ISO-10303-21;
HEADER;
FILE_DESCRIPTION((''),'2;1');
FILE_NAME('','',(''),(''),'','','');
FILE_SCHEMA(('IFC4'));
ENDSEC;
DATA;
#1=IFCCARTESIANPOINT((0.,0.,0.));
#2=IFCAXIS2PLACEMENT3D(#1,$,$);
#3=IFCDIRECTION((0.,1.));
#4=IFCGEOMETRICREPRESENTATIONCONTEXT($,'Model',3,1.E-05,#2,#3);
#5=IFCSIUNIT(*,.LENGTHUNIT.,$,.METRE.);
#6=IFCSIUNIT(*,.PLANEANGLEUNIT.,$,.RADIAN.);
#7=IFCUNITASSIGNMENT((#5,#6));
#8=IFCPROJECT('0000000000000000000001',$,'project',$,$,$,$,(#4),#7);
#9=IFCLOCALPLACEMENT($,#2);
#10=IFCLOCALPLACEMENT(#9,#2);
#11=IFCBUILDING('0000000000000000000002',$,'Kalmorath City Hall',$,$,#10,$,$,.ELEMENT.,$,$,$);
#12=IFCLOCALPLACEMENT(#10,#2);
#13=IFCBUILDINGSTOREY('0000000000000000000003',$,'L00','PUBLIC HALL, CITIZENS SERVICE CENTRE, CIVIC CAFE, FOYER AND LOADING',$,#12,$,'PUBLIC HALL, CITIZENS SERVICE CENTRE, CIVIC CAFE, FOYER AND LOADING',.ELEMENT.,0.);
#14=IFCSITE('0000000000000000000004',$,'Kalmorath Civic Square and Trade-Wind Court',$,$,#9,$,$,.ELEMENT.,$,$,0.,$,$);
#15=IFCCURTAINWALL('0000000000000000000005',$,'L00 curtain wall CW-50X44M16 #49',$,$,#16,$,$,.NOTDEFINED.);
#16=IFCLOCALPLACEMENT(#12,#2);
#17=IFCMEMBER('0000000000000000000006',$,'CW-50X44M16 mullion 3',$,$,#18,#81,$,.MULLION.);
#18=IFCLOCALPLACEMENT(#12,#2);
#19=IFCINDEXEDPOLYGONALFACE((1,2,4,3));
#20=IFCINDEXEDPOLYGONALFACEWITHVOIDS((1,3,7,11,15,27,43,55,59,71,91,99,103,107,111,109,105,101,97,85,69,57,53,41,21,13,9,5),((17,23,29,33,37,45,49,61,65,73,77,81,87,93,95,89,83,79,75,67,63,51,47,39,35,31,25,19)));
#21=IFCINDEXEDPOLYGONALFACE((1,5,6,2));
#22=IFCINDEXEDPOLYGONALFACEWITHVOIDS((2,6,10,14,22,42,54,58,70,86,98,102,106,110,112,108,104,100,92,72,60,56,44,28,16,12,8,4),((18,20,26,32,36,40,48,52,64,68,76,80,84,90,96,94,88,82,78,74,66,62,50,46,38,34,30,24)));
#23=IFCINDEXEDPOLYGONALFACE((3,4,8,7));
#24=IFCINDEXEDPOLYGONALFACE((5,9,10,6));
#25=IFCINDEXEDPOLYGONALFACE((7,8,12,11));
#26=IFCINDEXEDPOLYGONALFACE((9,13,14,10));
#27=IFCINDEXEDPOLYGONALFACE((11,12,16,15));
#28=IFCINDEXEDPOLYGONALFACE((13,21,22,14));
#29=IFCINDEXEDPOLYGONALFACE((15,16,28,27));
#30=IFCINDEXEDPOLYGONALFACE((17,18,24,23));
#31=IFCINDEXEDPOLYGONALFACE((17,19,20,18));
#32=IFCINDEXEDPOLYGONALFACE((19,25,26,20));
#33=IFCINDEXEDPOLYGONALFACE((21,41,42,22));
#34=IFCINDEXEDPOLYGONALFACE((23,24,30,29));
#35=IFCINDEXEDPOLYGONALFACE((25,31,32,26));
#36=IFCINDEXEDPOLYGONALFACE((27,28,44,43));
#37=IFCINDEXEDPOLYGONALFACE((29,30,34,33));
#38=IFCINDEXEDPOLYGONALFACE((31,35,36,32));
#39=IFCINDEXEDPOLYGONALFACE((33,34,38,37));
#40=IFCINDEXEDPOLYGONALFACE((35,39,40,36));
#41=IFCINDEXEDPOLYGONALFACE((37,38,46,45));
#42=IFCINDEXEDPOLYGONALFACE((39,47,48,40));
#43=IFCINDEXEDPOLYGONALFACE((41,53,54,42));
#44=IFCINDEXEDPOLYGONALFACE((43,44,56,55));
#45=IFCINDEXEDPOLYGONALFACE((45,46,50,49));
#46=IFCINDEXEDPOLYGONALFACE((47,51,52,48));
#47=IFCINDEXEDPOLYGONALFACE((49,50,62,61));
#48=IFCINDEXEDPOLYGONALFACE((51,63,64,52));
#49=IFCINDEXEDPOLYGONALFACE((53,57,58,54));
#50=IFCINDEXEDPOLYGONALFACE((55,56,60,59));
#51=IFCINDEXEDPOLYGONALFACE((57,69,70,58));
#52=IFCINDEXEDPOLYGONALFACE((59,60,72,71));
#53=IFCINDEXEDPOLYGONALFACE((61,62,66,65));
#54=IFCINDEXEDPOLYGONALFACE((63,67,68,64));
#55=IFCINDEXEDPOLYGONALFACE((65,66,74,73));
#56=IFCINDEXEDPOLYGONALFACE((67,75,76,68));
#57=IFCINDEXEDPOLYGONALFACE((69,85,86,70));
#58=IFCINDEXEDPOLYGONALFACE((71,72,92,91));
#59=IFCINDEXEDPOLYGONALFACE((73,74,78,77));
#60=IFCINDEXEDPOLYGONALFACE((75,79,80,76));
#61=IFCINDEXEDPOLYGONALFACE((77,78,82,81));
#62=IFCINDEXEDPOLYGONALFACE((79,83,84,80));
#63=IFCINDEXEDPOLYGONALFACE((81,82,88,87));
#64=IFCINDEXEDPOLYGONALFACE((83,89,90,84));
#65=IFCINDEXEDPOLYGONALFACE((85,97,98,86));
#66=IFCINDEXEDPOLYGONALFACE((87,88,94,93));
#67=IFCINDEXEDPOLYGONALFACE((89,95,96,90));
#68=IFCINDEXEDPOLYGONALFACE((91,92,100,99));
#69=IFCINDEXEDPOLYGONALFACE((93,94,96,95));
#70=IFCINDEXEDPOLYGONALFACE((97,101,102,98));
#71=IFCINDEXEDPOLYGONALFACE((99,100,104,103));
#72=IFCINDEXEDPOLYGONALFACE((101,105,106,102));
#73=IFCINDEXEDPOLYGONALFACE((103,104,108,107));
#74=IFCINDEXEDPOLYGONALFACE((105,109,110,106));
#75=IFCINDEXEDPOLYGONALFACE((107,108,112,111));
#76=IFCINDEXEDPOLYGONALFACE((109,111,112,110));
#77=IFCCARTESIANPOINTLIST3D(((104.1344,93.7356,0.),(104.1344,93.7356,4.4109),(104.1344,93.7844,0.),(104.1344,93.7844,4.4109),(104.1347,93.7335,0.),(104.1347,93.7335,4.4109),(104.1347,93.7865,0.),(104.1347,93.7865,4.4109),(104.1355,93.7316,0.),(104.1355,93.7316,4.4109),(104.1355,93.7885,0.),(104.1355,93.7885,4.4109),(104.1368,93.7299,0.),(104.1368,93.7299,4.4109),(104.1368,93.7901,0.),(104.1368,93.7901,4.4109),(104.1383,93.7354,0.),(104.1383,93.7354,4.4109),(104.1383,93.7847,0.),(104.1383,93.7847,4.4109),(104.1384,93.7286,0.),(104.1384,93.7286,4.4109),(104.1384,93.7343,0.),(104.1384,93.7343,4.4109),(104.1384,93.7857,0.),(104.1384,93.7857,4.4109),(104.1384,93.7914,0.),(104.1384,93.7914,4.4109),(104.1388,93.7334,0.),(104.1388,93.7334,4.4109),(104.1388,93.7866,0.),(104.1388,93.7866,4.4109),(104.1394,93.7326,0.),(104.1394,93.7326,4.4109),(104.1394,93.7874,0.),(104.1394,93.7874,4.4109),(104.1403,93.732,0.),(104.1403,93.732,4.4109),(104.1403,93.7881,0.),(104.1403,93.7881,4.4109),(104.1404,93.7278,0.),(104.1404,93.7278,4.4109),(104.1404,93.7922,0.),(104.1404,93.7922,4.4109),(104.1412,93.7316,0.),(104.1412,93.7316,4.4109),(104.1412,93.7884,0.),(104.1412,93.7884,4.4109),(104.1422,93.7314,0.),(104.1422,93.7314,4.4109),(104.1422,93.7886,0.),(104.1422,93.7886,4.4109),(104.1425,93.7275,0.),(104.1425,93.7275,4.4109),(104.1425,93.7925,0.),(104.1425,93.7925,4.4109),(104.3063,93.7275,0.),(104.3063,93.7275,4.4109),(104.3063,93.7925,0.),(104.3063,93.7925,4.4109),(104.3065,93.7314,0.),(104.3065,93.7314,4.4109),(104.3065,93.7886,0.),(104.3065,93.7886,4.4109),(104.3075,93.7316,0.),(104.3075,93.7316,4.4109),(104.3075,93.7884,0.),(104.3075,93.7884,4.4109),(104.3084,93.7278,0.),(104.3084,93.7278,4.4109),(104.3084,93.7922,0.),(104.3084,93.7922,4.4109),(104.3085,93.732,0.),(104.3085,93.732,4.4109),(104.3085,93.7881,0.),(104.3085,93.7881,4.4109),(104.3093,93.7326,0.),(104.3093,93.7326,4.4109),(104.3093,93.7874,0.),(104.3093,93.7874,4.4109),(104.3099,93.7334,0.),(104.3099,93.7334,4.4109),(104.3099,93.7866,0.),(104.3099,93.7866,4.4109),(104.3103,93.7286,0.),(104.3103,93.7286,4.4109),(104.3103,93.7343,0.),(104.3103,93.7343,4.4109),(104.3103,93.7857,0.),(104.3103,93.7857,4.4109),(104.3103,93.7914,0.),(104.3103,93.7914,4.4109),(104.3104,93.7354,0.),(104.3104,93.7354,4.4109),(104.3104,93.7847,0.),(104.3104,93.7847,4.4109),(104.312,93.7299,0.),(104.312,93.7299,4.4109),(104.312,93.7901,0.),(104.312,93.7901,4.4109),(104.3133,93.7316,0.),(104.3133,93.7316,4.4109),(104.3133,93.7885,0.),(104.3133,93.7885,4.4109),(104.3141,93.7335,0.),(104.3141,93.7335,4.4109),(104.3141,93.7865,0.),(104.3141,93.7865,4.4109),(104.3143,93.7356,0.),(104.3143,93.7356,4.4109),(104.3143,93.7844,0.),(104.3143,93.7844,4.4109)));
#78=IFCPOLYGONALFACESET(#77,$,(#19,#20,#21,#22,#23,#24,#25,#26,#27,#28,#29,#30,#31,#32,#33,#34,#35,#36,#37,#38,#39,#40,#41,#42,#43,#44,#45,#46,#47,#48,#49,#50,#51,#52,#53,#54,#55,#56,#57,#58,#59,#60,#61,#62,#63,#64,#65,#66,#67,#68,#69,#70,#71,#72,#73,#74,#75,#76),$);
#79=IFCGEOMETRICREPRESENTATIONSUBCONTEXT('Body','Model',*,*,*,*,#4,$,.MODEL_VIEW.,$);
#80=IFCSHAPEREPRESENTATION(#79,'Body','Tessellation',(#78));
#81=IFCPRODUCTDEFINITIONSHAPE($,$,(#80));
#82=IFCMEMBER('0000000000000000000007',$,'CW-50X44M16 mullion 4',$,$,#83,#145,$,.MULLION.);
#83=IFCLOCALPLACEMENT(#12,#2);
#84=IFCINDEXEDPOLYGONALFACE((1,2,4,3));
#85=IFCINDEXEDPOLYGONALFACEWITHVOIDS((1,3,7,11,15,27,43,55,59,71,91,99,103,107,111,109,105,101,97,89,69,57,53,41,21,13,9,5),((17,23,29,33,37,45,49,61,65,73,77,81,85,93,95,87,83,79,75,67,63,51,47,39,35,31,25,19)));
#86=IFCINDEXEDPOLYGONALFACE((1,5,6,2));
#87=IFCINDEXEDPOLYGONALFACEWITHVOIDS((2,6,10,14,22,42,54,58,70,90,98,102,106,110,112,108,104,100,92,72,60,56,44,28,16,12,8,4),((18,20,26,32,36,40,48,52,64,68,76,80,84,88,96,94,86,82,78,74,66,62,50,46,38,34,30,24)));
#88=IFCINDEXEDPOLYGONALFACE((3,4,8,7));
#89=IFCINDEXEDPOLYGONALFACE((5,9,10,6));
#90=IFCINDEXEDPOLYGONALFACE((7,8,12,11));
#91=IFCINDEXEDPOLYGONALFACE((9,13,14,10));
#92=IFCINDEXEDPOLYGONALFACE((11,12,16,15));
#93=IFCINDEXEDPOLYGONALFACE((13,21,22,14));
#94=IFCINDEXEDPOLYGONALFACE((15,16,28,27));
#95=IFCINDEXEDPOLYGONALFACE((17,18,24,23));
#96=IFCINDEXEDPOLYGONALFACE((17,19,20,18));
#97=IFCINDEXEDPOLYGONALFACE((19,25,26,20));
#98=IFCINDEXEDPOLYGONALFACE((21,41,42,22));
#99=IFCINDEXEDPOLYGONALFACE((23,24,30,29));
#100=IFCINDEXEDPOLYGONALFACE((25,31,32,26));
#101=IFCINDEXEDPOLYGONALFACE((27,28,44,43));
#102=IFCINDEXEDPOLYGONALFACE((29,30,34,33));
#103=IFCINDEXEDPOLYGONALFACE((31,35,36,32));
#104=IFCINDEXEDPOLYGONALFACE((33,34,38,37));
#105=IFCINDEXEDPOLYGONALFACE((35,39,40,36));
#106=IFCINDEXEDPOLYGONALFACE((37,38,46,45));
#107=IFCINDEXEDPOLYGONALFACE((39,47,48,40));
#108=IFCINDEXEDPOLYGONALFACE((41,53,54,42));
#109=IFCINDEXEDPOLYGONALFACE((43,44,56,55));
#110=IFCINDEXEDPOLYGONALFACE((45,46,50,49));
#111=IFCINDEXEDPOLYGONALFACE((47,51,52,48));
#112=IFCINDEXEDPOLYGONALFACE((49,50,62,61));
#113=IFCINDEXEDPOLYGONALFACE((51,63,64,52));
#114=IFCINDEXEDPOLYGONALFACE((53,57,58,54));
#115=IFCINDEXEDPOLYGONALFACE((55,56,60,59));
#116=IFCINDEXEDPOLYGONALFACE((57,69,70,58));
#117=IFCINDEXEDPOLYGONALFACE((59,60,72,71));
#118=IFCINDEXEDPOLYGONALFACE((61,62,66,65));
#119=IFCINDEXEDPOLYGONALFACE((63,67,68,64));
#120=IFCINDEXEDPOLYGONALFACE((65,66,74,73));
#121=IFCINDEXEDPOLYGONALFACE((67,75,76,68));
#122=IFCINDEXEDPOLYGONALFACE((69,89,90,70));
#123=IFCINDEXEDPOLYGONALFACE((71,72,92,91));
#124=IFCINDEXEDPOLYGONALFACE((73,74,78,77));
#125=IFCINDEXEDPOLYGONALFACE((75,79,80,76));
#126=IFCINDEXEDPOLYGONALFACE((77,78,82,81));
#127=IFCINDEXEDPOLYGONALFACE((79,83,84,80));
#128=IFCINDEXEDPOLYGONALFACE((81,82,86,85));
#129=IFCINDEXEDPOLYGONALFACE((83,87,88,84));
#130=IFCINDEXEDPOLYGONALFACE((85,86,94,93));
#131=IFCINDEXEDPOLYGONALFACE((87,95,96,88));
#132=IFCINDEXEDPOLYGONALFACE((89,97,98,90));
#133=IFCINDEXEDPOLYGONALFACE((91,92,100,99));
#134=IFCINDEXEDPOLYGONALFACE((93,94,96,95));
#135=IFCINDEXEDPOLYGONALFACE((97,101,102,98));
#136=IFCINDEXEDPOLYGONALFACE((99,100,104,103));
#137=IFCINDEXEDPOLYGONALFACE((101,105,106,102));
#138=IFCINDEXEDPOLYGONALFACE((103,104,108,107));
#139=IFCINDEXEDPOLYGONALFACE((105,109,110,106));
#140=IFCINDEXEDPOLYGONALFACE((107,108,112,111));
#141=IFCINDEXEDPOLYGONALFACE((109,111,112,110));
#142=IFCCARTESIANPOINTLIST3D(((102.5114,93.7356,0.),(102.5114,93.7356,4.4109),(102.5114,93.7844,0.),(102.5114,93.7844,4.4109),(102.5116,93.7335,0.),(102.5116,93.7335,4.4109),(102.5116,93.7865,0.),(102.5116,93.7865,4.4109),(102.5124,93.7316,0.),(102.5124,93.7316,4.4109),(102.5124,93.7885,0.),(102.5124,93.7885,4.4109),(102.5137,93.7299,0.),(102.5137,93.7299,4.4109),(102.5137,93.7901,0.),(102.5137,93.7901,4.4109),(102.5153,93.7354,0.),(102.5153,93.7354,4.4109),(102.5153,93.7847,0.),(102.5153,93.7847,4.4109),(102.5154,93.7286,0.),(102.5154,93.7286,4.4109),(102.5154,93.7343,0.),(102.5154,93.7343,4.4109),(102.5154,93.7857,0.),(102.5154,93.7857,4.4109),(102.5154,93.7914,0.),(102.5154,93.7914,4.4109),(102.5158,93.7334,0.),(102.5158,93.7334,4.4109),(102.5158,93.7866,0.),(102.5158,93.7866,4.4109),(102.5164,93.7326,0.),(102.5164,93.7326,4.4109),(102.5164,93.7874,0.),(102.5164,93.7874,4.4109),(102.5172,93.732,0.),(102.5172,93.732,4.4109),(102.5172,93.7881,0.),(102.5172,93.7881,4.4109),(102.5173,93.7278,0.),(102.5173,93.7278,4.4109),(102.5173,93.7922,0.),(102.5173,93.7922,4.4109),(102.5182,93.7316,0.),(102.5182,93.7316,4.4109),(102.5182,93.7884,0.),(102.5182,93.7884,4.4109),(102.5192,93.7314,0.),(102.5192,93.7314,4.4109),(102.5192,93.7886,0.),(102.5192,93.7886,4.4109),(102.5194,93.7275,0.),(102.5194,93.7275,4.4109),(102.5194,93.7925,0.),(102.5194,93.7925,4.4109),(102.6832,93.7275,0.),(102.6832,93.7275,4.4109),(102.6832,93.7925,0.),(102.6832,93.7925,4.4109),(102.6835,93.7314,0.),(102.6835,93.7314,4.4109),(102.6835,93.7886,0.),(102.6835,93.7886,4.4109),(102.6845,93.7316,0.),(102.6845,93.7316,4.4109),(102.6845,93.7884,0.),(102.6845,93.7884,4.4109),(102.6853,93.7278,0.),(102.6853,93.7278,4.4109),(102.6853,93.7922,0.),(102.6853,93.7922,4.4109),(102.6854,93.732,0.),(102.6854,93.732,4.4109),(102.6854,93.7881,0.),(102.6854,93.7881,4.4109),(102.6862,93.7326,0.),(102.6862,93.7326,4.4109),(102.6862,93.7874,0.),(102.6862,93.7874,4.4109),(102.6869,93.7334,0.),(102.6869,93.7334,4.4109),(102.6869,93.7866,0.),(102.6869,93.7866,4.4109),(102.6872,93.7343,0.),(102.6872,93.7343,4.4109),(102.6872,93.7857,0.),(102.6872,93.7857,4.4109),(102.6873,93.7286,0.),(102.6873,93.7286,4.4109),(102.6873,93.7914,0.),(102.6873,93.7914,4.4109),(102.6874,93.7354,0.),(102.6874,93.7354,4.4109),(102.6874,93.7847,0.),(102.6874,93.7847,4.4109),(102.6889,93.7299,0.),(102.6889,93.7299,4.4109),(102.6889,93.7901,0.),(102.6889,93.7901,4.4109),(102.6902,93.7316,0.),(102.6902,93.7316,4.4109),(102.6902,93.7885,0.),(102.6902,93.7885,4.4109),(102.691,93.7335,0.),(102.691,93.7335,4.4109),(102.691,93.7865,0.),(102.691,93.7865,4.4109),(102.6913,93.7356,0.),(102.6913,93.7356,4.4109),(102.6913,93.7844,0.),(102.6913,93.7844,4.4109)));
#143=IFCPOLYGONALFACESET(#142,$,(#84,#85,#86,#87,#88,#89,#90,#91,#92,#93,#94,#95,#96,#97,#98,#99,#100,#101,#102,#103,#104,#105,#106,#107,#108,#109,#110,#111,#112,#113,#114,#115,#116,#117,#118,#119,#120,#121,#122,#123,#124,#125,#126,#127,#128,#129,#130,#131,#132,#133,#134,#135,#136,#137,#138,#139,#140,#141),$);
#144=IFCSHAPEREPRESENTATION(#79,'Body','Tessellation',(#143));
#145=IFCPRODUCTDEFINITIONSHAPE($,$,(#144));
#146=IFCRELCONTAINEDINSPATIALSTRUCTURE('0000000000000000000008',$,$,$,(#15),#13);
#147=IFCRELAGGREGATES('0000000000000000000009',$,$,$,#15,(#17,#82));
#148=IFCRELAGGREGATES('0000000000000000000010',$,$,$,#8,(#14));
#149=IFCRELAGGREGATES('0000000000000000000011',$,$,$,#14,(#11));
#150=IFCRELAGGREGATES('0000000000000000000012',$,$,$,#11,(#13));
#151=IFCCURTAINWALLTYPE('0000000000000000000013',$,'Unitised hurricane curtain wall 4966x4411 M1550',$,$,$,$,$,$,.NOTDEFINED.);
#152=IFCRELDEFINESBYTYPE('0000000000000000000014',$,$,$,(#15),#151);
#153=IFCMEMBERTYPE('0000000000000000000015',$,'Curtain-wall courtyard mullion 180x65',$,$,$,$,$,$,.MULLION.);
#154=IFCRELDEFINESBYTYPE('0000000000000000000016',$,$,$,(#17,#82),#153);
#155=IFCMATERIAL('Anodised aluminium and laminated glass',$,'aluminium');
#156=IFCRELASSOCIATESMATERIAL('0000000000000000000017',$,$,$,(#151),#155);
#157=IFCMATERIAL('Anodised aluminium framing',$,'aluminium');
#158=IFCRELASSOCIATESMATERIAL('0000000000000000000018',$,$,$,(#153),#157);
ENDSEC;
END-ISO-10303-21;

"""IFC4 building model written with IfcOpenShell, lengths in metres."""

from ifc_helpers import new_model, si_unit, direction, frame, origin, origin_2d, place, context, subcontext, project, spatial, hollow_rectangle, extrude, material, material_profile, profile_set, type_object, element, aggregate, save


model = new_model("IFC4")

# Units and contexts
model_context = context("Model", 3, precision=1e-05, world=origin(), true_north=direction((0.0, 1.0)))
body_context = subcontext(model_context, "Body", "Model", "MODEL_VIEW")
ifc_project = project(units=[si_unit("LENGTHUNIT", "METRE"), si_unit("PLANEANGLEUNIT", "RADIAN")], contexts=[model_context])

# Site, building, storey
site_placement = place(None, origin())
site = spatial("IfcSite", under=ifc_project, at=site_placement, Name="Kalmorath Civic Square and Trade-Wind Court", CompositionType="ELEMENT", RefElevation=0.0)
building_placement = place(site_placement, origin())
building = spatial("IfcBuilding", under=site, at=building_placement, Name="Kalmorath City Hall", CompositionType="ELEMENT")
storey_placement = place(building_placement, origin())
storey = spatial("IfcBuildingStorey", under=building, at=storey_placement, Name="L00", Description="PUBLIC HALL, CITIZENS SERVICE CENTRE, CIVIC CAFE, FOYER AND LOADING", LongName="PUBLIC HALL, CITIZENS SERVICE CENTRE, CIVIC CAFE, FOYER AND LOADING", CompositionType="ELEMENT", Elevation=0.0)

# Curtain wall, members
ifc_material_1 = material(Name="Anodised aluminium and laminated glass", Category="aluminium")
curtain_wall_type = type_object("IfcCurtainWallType", Name="Unitised hurricane curtain wall 4966x4411 M1550", PredefinedType="NOTDEFINED", material=ifc_material_1)
curtain_wall_placement = place(storey_placement, origin())
curtain_wall = element("IfcCurtainWall", 1, at=curtain_wall_placement, inside=storey, type_object=curtain_wall_type, Name="L00 curtain wall CW-50X44M16 #49", PredefinedType="NOTDEFINED")
ifc_material_2 = material(Name="Anodised aluminium framing", Category="aluminium")
ifc_material_profile_1 = material_profile(ifc_material_2, hollow_rectangle(XDim=0.0649, YDim=0.1799, WallThickness=0.0039, InnerFilletRadius=0.0039, OuterFilletRadius=0.0081, at=origin_2d()), Name="ALU-MUL-180X65X4")
ifc_profile_set_1 = profile_set([ifc_material_profile_1], Name="Anodised aluminium framing")
member_type_1 = type_object("IfcMemberType", Name="Curtain-wall courtyard mullion 180x65", PredefinedType="MULLION", material=ifc_profile_set_1)
member_1_placement = place(storey_placement, frame((104.2244, 93.76, 0.0), z_axis=(0.0, 0.0, 1.0), x_axis=(0.0, -1.0, 0.0)))
member_1 = element("IfcMember", 2, at=member_1_placement, type_object=member_type_1, Name="CW-50X44M16 mullion 3", PredefinedType="MULLION", context=body_context, shape_type="SweptSolid", body=[
    extrude(hollow_rectangle(XDim=0.0649, YDim=0.1799, WallThickness=0.0039, InnerFilletRadius=0.0039, OuterFilletRadius=0.0081, at=origin_2d()), origin(), (0.0, 0.0, 1.0), 4.4109),
])
member_2_placement = place(storey_placement, frame((102.6013, 93.76, 0.0), z_axis=(0.0, 0.0, 1.0), x_axis=(0.0, -1.0, 0.0)))
member_2 = element("IfcMember", 3, at=member_2_placement, type_object=member_type_1, Name="CW-50X44M16 mullion 4", PredefinedType="MULLION", context=body_context, shape_type="SweptSolid", body=[
    extrude(hollow_rectangle(XDim=0.0649, YDim=0.1799, WallThickness=0.0039, InnerFilletRadius=0.0039, OuterFilletRadius=0.0081, at=origin_2d()), origin(), (0.0, 0.0, 1.0), 4.4109),
])
aggregate(curtain_wall, [member_1, member_2])

save(model, "model.ifc")
